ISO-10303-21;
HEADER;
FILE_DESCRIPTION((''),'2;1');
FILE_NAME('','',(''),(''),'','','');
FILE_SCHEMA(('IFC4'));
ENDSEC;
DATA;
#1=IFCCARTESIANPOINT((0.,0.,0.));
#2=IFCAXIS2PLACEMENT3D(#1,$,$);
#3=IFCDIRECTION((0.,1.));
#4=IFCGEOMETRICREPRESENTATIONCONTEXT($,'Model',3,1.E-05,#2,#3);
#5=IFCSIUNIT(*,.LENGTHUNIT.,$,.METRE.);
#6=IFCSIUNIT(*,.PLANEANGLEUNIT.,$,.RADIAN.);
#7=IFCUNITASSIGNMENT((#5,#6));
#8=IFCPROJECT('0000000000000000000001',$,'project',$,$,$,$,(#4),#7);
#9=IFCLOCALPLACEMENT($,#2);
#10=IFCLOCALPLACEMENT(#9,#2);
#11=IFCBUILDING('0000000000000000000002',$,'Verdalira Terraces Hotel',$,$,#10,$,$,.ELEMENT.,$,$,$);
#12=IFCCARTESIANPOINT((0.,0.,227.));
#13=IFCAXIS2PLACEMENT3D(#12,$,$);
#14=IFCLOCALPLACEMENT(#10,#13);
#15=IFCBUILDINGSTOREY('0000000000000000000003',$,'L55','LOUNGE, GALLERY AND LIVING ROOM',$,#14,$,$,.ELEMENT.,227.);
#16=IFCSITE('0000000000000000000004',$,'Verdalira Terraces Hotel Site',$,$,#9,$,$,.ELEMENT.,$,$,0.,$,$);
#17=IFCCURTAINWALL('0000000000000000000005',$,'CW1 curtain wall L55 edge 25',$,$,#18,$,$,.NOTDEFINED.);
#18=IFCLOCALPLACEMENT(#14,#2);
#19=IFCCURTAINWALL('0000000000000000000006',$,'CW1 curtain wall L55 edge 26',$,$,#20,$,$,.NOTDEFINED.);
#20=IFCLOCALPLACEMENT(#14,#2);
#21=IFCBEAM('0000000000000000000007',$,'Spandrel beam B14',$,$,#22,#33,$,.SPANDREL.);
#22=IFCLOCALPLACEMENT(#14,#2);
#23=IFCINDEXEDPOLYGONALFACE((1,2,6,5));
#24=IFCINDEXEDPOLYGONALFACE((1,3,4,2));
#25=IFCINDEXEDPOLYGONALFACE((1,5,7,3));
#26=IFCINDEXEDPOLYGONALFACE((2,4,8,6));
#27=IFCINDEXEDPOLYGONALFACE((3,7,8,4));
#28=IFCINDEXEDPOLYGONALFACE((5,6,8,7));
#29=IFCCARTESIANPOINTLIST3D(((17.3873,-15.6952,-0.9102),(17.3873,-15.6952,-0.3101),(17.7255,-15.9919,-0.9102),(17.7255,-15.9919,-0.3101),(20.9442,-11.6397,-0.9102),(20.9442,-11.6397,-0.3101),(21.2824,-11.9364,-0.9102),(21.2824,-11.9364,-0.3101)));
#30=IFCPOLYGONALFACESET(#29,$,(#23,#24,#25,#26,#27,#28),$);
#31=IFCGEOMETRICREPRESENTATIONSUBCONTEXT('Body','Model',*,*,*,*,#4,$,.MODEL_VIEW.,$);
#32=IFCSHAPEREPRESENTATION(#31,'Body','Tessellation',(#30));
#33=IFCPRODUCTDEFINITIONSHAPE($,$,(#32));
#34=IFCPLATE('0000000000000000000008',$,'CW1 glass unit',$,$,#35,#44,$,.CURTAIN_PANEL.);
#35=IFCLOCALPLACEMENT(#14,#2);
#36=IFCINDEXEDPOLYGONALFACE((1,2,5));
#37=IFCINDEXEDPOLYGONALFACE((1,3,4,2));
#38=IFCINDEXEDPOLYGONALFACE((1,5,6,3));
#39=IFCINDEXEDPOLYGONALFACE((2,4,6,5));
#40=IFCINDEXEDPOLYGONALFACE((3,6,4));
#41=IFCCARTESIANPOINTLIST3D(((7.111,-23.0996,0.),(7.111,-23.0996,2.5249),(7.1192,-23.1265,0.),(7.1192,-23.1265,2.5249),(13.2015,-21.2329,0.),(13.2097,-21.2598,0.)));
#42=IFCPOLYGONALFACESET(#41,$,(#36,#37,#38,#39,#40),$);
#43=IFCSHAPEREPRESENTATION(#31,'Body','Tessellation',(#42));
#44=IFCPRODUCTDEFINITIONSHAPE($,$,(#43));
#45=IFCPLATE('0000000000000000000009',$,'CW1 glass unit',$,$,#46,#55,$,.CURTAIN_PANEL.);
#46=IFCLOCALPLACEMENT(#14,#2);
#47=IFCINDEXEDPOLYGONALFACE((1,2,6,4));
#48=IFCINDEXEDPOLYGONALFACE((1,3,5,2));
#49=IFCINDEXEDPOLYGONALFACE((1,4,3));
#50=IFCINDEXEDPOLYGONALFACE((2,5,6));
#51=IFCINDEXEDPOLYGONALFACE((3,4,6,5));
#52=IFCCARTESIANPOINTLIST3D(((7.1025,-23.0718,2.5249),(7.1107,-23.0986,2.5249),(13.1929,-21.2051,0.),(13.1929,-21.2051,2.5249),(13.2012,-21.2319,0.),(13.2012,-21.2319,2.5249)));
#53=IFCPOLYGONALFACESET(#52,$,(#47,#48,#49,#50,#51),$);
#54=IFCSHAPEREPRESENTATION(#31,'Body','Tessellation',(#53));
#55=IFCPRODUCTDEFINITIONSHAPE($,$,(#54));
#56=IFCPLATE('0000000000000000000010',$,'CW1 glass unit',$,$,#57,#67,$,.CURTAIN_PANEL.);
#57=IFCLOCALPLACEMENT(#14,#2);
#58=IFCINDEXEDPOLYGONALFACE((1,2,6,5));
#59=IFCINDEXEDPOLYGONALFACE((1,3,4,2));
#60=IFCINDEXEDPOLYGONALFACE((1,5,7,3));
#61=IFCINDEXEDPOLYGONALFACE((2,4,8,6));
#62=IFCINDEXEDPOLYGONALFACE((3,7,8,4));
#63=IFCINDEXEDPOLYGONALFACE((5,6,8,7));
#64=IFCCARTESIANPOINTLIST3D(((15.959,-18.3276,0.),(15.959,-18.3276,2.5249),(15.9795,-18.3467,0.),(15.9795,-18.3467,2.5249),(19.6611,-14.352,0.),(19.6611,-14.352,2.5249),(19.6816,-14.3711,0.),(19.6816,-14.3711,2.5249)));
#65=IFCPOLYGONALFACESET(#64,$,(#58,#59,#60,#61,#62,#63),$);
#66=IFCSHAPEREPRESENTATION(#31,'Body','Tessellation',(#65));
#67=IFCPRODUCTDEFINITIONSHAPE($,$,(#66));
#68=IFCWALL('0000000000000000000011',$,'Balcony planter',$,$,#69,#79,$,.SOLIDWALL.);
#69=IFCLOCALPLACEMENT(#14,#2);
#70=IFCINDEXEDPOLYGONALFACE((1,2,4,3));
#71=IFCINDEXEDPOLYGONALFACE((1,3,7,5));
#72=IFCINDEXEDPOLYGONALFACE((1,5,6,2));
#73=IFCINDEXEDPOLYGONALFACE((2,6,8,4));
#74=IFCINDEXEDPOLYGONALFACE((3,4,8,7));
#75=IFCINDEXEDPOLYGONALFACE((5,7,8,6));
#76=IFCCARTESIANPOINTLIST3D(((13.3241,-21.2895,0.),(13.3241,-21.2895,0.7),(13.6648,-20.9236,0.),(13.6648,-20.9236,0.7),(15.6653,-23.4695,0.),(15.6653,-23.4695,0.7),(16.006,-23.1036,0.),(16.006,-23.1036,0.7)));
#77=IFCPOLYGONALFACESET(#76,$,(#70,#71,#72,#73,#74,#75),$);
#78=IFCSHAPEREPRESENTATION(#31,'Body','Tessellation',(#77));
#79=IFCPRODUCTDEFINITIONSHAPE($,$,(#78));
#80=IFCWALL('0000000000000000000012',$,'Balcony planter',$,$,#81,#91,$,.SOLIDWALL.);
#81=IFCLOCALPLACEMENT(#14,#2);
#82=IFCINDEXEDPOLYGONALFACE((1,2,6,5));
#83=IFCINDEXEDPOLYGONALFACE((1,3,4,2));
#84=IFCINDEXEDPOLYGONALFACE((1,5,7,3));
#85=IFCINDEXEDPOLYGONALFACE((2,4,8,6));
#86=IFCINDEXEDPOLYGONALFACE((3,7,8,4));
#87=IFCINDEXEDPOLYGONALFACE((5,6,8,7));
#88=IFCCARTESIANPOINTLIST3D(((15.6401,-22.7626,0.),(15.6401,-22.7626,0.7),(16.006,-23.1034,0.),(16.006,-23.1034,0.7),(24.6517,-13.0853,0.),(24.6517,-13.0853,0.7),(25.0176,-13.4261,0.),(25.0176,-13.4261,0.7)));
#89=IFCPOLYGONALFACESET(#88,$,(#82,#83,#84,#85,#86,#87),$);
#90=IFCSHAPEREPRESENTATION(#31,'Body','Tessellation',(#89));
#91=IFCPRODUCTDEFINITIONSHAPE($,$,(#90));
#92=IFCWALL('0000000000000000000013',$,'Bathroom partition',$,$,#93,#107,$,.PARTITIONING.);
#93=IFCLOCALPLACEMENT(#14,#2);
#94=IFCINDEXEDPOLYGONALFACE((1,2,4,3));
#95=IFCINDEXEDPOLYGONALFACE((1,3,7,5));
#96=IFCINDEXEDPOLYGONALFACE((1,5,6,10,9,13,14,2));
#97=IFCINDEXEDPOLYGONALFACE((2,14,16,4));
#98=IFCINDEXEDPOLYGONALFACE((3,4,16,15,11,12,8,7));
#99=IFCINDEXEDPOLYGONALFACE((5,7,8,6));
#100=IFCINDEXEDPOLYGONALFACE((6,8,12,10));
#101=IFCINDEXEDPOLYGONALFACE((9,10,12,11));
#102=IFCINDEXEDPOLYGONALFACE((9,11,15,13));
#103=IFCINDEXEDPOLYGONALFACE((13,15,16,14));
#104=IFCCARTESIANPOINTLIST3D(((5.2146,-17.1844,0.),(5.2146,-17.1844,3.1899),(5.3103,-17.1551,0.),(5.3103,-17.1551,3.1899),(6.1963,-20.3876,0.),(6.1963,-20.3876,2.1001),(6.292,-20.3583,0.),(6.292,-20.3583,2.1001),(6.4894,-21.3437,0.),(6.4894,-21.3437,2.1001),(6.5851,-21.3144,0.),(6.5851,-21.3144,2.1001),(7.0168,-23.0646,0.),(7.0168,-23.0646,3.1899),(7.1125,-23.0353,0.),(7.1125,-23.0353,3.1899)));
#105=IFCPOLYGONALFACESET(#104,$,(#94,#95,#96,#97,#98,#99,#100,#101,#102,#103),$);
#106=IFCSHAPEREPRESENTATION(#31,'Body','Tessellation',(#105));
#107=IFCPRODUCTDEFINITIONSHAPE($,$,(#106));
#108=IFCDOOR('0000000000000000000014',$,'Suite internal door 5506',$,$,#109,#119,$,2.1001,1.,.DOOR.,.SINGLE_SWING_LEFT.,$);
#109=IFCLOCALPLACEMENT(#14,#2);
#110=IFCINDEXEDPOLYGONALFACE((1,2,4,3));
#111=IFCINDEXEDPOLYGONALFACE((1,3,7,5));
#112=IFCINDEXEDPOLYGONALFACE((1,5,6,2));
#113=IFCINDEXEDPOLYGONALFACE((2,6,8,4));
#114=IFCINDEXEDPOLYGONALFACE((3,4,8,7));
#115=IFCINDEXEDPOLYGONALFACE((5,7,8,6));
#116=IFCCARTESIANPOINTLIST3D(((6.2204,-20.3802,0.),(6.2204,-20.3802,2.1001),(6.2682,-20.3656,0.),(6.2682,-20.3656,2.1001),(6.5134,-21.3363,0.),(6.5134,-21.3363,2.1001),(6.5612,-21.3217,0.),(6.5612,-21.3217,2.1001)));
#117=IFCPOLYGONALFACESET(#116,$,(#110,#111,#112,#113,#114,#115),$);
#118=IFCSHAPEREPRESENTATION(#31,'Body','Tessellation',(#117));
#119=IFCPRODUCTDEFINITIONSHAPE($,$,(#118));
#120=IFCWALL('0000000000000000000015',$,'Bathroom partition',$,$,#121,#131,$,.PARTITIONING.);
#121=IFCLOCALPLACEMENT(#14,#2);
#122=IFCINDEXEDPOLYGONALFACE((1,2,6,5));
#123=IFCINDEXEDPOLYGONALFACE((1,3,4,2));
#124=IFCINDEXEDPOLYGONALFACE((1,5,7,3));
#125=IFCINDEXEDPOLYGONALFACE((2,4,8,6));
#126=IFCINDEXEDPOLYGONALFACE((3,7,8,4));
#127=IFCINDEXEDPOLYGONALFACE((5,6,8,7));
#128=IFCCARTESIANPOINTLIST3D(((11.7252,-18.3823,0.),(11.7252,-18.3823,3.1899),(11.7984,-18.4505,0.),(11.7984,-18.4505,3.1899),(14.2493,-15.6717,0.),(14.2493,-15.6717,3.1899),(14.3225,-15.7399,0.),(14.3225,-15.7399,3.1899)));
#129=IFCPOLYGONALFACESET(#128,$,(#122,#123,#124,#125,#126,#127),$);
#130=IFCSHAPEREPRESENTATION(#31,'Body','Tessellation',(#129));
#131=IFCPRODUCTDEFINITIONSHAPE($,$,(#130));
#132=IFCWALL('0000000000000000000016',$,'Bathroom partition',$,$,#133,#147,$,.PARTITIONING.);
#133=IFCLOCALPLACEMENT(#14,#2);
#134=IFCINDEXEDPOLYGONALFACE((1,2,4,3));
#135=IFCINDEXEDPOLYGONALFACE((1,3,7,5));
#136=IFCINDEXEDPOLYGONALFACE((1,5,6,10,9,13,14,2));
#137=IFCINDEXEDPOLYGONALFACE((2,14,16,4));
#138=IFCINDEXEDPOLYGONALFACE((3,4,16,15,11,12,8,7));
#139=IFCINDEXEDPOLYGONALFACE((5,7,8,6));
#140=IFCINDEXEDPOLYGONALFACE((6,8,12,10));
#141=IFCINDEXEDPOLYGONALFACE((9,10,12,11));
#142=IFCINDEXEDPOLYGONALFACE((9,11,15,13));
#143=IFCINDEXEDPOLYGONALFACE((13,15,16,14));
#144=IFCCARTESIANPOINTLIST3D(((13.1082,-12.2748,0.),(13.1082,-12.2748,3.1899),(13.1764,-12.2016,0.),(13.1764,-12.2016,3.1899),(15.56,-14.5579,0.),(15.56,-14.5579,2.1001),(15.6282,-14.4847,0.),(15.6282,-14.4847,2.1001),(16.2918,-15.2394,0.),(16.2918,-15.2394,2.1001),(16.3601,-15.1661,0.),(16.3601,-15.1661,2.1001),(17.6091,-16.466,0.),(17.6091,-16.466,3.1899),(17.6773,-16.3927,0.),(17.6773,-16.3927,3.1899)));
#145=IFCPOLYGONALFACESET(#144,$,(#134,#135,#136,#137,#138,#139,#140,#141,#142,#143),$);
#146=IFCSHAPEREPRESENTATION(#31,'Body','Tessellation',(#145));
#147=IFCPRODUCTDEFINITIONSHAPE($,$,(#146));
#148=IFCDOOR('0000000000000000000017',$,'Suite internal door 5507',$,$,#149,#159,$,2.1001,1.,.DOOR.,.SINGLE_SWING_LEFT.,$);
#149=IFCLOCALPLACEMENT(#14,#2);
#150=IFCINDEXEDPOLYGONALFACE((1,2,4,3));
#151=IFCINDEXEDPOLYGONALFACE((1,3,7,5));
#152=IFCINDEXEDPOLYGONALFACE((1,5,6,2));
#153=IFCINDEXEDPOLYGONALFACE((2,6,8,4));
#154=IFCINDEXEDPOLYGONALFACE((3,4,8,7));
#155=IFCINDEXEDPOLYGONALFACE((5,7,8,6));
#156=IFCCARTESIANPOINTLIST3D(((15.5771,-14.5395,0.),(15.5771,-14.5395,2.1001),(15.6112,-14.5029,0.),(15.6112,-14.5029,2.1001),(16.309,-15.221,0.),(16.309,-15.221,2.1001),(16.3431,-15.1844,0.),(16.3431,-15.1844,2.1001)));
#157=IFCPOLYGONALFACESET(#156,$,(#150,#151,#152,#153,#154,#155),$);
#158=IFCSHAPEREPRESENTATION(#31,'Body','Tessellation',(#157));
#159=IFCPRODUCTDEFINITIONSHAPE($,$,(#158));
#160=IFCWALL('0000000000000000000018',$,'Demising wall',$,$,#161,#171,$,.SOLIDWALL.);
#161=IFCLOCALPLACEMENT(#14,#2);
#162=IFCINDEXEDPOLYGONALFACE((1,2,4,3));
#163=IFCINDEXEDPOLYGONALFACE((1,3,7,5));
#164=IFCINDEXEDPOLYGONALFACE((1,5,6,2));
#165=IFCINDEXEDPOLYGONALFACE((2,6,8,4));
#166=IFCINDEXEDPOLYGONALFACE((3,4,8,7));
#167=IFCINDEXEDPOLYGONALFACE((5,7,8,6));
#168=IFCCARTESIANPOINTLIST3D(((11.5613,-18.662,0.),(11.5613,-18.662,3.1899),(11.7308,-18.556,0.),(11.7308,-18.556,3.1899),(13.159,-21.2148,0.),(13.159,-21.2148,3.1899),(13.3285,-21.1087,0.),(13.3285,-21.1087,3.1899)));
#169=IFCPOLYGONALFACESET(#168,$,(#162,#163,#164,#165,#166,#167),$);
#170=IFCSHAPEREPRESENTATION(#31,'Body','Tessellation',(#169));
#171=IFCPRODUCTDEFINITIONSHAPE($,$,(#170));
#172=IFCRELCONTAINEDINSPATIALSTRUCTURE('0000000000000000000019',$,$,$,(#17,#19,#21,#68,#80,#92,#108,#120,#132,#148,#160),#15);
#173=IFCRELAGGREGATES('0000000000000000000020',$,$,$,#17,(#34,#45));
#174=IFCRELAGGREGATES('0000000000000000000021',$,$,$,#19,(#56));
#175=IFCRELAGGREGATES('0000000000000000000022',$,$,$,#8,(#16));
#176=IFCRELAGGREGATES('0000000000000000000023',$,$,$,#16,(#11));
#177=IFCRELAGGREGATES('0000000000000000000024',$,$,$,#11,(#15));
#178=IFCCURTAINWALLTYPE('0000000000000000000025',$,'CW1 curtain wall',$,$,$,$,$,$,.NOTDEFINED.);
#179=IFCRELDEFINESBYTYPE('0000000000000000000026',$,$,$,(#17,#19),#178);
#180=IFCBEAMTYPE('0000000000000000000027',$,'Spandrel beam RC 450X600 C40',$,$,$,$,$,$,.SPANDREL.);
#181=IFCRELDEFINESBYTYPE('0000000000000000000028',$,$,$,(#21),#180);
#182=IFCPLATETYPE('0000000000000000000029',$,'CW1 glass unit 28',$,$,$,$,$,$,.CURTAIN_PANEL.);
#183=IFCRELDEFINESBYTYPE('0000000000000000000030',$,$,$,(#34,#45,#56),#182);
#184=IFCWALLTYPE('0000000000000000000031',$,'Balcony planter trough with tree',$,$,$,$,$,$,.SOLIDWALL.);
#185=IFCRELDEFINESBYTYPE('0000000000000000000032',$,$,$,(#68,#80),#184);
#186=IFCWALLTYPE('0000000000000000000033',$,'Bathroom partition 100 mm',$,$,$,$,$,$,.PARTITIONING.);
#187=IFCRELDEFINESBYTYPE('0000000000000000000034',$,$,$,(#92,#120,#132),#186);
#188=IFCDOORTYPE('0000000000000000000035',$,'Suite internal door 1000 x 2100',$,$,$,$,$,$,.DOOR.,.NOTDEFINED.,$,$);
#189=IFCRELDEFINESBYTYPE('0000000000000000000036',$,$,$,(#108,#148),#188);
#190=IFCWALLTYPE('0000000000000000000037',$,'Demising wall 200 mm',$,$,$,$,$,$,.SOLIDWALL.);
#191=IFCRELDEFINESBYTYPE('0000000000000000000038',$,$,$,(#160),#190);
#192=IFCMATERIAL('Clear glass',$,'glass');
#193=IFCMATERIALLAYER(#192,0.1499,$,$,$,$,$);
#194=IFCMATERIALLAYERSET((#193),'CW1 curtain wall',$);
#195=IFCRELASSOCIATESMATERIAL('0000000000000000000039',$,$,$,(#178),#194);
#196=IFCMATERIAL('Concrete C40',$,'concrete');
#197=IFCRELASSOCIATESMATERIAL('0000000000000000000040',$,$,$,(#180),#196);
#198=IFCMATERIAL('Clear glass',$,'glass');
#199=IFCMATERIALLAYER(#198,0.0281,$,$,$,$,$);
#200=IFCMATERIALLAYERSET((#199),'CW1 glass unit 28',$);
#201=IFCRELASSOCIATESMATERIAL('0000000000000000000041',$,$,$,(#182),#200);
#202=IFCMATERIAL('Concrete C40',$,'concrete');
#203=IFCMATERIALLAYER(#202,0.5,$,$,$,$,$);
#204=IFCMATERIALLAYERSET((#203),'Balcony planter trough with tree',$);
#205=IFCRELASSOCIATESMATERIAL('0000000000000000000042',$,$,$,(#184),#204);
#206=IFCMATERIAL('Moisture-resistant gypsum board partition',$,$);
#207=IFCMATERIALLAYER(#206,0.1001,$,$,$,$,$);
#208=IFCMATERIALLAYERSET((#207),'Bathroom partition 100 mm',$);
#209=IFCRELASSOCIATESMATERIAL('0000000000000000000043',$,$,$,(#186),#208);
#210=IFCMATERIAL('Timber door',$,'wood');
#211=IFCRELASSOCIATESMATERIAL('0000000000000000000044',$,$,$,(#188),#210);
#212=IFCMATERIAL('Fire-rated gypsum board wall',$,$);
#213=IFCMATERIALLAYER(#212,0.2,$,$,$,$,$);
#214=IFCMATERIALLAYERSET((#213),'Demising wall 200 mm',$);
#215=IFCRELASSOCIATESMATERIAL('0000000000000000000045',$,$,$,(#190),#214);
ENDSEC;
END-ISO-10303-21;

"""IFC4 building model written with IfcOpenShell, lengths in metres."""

from ifc_helpers import new_model, si_unit, direction, frame, frame_2d, origin, origin_2d, place, context, subcontext, project, spatial, polyline, rectangle, outline, extrude, material, layer, layer_set, material_profile, profile_set, type_object, element, fill, aggregate, save


model = new_model("IFC4")

# Units and contexts
model_context = context("Model", 3, precision=1e-05, world=origin(), true_north=direction((0.0, 1.0)))
body_context = subcontext(model_context, "Body", "Model", "MODEL_VIEW")
ifc_project = project(units=[si_unit("LENGTHUNIT", "METRE"), si_unit("PLANEANGLEUNIT", "RADIAN")], contexts=[model_context])

# Site, building, storey
site_placement = place(None, origin())
site = spatial("IfcSite", under=ifc_project, at=site_placement, Name="Verdalira Terraces Hotel Site", CompositionType="ELEMENT", RefElevation=0.0)
building_placement = place(site_placement, origin())
building = spatial("IfcBuilding", under=site, at=building_placement, Name="Verdalira Terraces Hotel", CompositionType="ELEMENT")
storey_placement = place(building_placement, frame((0.0, 0.0, 227.0)))
storey = spatial("IfcBuildingStorey", under=building, at=storey_placement, Name="L55", Description="LOUNGE, GALLERY AND LIVING ROOM", CompositionType="ELEMENT", Elevation=227.0)

# Curtain walls
ifc_material_1 = material(Name="Clear glass", Category="glass")
ifc_layer_1 = layer(ifc_material_1, 0.1499)
ifc_layer_set_1 = layer_set([ifc_layer_1], Name="CW1 curtain wall")
curtain_wall_type = type_object("IfcCurtainWallType", Name="CW1 curtain wall", PredefinedType="NOTDEFINED", material=ifc_layer_set_1)
curtain_wall_1_placement = place(storey_placement, origin())
curtain_wall_1 = element("IfcCurtainWall", 1, at=curtain_wall_1_placement, inside=storey, type_object=curtain_wall_type, Name="CW1 curtain wall L55 edge 25", PredefinedType="NOTDEFINED")
curtain_wall_2_placement = place(storey_placement, origin())
curtain_wall_2 = element("IfcCurtainWall", 2, at=curtain_wall_2_placement, inside=storey, type_object=curtain_wall_type, Name="CW1 curtain wall L55 edge 26", PredefinedType="NOTDEFINED")

# Beam
ifc_material_2 = material(Name="Concrete C40", Category="concrete")
ifc_material_profile_1 = material_profile(ifc_material_2, rectangle(XDim=0.45, YDim=0.6001, at=origin_2d()), Name="RC 450X600")
ifc_profile_set_1 = profile_set([ifc_material_profile_1], Name="Concrete C40")
beam_type_1 = type_object("IfcBeamType", Name="Spandrel beam RC 450X600 C40", PredefinedType="SPANDREL", material=ifc_profile_set_1)
beam_1_placement = place(storey_placement, frame((17.5564, -15.8435, -0.6101), z_axis=(0.659385, 0.751805, 0.0), x_axis=(-0.751805, 0.659385, 0.0)))
element("IfcBeam", 3, at=beam_1_placement, inside=storey, type_object=beam_type_1, Name="Spandrel beam B14", PredefinedType="SPANDREL", context=body_context, shape_type="SweptSolid", body=[
    extrude(rectangle(XDim=0.45, YDim=0.6001, at=origin_2d()), origin(), (0.0, 0.0, 1.0), 5.3943),
])

# Plates
ifc_material_3 = material(Name="Clear glass", Category="glass")
ifc_layer_2 = layer(ifc_material_3, 0.0281)
ifc_layer_set_2 = layer_set([ifc_layer_2], Name="CW1 glass unit 28")
plate_type = type_object("IfcPlateType", Name="CW1 glass unit 28", PredefinedType="CURTAIN_PANEL", material=ifc_layer_set_2)
plate_1_placement = place(storey_placement, frame((10.1562, -22.1663, 1.2625), z_axis=(0.293039, -0.9561, 0.0), x_axis=(0.9561, 0.293039, 0.0)))
plate_1 = element("IfcPlate", 4, at=plate_1_placement, type_object=plate_type, Name="CW1 glass unit", PredefinedType="CURTAIN_PANEL", context=body_context, shape_type="SweptSolid", body=[
    extrude(outline(polyline([(-3.1851, -1.2625), (3.1851, -1.2625), (-3.1851, 1.2625), (-3.1851, -1.2625)])), origin(), (0.0, 0.0, 1.0), 0.0281),
])
plate_2_placement = place(storey_placement, frame((10.1477, -22.1384, 1.2625), z_axis=(0.293039, -0.9561, 0.0), x_axis=(0.9561, 0.293039, 0.0)))
plate_2 = element("IfcPlate", 5, at=plate_2_placement, type_object=plate_type, Name="CW1 glass unit", PredefinedType="CURTAIN_PANEL", context=body_context, shape_type="SweptSolid", body=[
    extrude(outline(polyline([(3.1851, -1.2625), (3.1851, 1.2625), (-3.1851, 1.2625), (3.1851, -1.2625)])), origin(), (0.0, 0.0, 1.0), 0.0281),
])
aggregate(curtain_wall_1, [plate_1, plate_2])
plate_3_placement = place(storey_placement, frame((17.8203, -16.3494, 0.0), z_axis=(0.0, 0.0, 1.0), x_axis=(0.681488, 0.73183, 0.0)))
plate_3 = element("IfcPlate", 6, at=plate_3_placement, type_object=plate_type, Name="CW1 glass unit", PredefinedType="CURTAIN_PANEL", context=body_context, shape_type="SweptSolid", body=[
    extrude(rectangle(XDim=5.4324, YDim=0.0281, at=origin_2d()), origin(), (0.0, 0.0, 1.0), 2.5249),
])
aggregate(curtain_wall_2, [plate_3])

# Walls
ifc_material_4 = material(Name="Concrete C40", Category="concrete")
ifc_layer_3 = layer(ifc_material_4, 0.5)
ifc_layer_set_3 = layer_set([ifc_layer_3], Name="Balcony planter trough with tree")
wall_type_1 = type_object("IfcWallType", Name="Balcony planter trough with tree", PredefinedType="SOLIDWALL", material=ifc_layer_set_3)
wall_1_placement = place(storey_placement, frame((13.4944, -21.1064, 0.0), z_axis=(0.0, 0.0, 1.0), x_axis=(0.731844, -0.681472, 0.0)))
element("IfcWall", 7, at=wall_1_placement, inside=storey, type_object=wall_type_1, Name="Balcony planter", PredefinedType="SOLIDWALL", context=body_context, shape_type="SweptSolid", body=[
    extrude(rectangle(XDim=3.199, YDim=0.5, at=frame_2d((1.5996, 0.0))), origin(), (0.0, 0.0, 1.0), 0.7),
])
wall_2_placement = place(storey_placement, frame((15.823, -22.9331, 0.0), z_axis=(0.0, 0.0, 1.0), x_axis=(0.681484, 0.731833, 0.0)))
element("IfcWall", 8, at=wall_2_placement, inside=storey, type_object=wall_type_1, Name="Balcony planter", PredefinedType="SOLIDWALL", context=body_context, shape_type="SweptSolid", body=[
    extrude(rectangle(XDim=13.2234, YDim=0.5, at=frame_2d((6.6118, 0.0))), origin(), (0.0, 0.0, 1.0), 0.7),
])

# Wall, opening, door
ifc_material_5 = material(Name="Moisture-resistant gypsum board partition")
ifc_layer_4 = layer(ifc_material_5, 0.1001)
ifc_layer_set_4 = layer_set([ifc_layer_4], Name="Bathroom partition 100 mm")
wall_type_2 = type_object("IfcWallType", Name="Bathroom partition 100 mm", PredefinedType="PARTITIONING", material=ifc_layer_set_4)
wall_3_placement = place(storey_placement, frame((7.0647, -23.05, 0.0), z_axis=(0.0, 0.0, 1.0), x_axis=(-0.293042, 0.956099, 0.0)))
wall_3 = element("IfcWall", 9, at=wall_3_placement, inside=storey, type_object=wall_type_2, Name="Bathroom partition", PredefinedType="PARTITIONING", context=body_context, shape_type="SweptSolid", body=[
    extrude(rectangle(XDim=6.1501, YDim=0.1001, at=frame_2d((3.0752, 0.0))), origin(), (0.0, 0.0, 1.0), 3.1899),
])
opening_1_placement = place(wall_3_placement, frame((1.8, 0.0, 0.0)))
opening_1 = element("IfcOpeningElement", 10, at=opening_1_placement, cuts=wall_3, PredefinedType="OPENING", context=body_context, shape_type="SweptSolid", body=[
    extrude(rectangle(XDim=1.0, YDim=2.1001, at=frame_2d((0.5, 1.05))), frame((0.0, 0.0601, 0.0), z_axis=(0.0, -1.0, 0.0), x_axis=(1.0, 0.0, 0.0)), (0.0, 0.0, 1.0), 0.1201),
])
ifc_material_6 = material(Name="Timber door", Category="wood")
door_type_1 = type_object("IfcDoorType", Name="Suite internal door 1000 x 2100", OperationType="NOTDEFINED", PredefinedType="DOOR", material=ifc_material_6)
door_1_placement = place(opening_1_placement, origin())
door_1 = element("IfcDoor", 11, at=door_1_placement, inside=storey, type_object=door_type_1, Name="Suite internal door 5506", OperationType="SINGLE_SWING_LEFT", OverallHeight=2.1001, OverallWidth=1.0, PredefinedType="DOOR", context=body_context, shape_type="SweptSolid", body=[
    extrude(rectangle(XDim=1.0, YDim=2.1001, at=frame_2d((0.5, 1.05))), frame((0.0, 0.0249, 0.0), z_axis=(0.0, -1.0, 0.0), x_axis=(1.0, 0.0, 0.0)), (0.0, 0.0, 1.0), 0.05),
])
fill(opening_1, door_1)

# Wall
wall_4_placement = place(storey_placement, frame((11.7617, -18.4165, 0.0), z_axis=(0.0, 0.0, 1.0), x_axis=(0.681479, 0.731837, 0.0)))
element("IfcWall", 12, at=wall_4_placement, inside=storey, type_object=wall_type_2, Name="Bathroom partition", PredefinedType="PARTITIONING", context=body_context, shape_type="SweptSolid", body=[
    extrude(rectangle(XDim=3.7039, YDim=0.1001, at=frame_2d((1.8521, 0.0))), origin(), (0.0, 0.0, 1.0), 3.1899),
])

# Wall, opening, door
wall_5_placement = place(storey_placement, frame((17.6433, -16.4294, 0.0), z_axis=(0.0, 0.0, 1.0), x_axis=(-0.731846, 0.681471, 0.0)))
wall_5 = element("IfcWall", 13, at=wall_5_placement, inside=storey, type_object=wall_type_2, Name="Bathroom partition", PredefinedType="PARTITIONING", context=body_context, shape_type="SweptSolid", body=[
    extrude(rectangle(XDim=6.1501, YDim=0.1001, at=frame_2d((3.0752, 0.0))), origin(), (0.0, 0.0, 1.0), 3.1899),
])
opening_2_placement = place(wall_5_placement, frame((1.8, 0.0, 0.0)))
opening_2 = element("IfcOpeningElement", 14, at=opening_2_placement, cuts=wall_5, PredefinedType="OPENING", context=body_context, shape_type="SweptSolid", body=[
    extrude(rectangle(XDim=1.0, YDim=2.1001, at=frame_2d((0.5, 1.05))), frame((0.0, 0.0601, 0.0), z_axis=(0.0, -1.0, 0.0), x_axis=(1.0, 0.0, 0.0)), (0.0, 0.0, 1.0), 0.1201),
])
door_2_placement = place(opening_2_placement, origin())
door_2 = element("IfcDoor", 15, at=door_2_placement, inside=storey, type_object=door_type_1, Name="Suite internal door 5507", OperationType="SINGLE_SWING_LEFT", OverallHeight=2.1001, OverallWidth=1.0, PredefinedType="DOOR", context=body_context, shape_type="SweptSolid", body=[
    extrude(rectangle(XDim=1.0, YDim=2.1001, at=frame_2d((0.5, 1.05))), frame((0.0, 0.0249, 0.0), z_axis=(0.0, -1.0, 0.0), x_axis=(1.0, 0.0, 0.0)), (0.0, 0.0, 1.0), 0.05),
])
fill(opening_2, door_2)

# Wall
ifc_material_7 = material(Name="Fire-rated gypsum board wall")
ifc_layer_5 = layer(ifc_material_7, 0.2)
ifc_layer_set_5 = layer_set([ifc_layer_5], Name="Demising wall 200 mm")
wall_type_3 = type_object("IfcWallType", Name="Demising wall 200 mm", PredefinedType="SOLIDWALL", material=ifc_layer_set_5)
wall_6_placement = place(storey_placement, frame((11.646, -18.6089, 0.0), z_axis=(0.0, 0.0, 1.0), x_axis=(0.530524, -0.84767, 0.0)))
element("IfcWall", 16, at=wall_6_placement, inside=storey, type_object=wall_type_3, Name="Demising wall", PredefinedType="SOLIDWALL", context=body_context, shape_type="SweptSolid", body=[
    extrude(rectangle(XDim=3.0115, YDim=0.2, at=frame_2d((1.5059, 0.0))), origin(), (0.0, 0.0, 1.0), 3.1899),
])

save(model, "model.ifc")
